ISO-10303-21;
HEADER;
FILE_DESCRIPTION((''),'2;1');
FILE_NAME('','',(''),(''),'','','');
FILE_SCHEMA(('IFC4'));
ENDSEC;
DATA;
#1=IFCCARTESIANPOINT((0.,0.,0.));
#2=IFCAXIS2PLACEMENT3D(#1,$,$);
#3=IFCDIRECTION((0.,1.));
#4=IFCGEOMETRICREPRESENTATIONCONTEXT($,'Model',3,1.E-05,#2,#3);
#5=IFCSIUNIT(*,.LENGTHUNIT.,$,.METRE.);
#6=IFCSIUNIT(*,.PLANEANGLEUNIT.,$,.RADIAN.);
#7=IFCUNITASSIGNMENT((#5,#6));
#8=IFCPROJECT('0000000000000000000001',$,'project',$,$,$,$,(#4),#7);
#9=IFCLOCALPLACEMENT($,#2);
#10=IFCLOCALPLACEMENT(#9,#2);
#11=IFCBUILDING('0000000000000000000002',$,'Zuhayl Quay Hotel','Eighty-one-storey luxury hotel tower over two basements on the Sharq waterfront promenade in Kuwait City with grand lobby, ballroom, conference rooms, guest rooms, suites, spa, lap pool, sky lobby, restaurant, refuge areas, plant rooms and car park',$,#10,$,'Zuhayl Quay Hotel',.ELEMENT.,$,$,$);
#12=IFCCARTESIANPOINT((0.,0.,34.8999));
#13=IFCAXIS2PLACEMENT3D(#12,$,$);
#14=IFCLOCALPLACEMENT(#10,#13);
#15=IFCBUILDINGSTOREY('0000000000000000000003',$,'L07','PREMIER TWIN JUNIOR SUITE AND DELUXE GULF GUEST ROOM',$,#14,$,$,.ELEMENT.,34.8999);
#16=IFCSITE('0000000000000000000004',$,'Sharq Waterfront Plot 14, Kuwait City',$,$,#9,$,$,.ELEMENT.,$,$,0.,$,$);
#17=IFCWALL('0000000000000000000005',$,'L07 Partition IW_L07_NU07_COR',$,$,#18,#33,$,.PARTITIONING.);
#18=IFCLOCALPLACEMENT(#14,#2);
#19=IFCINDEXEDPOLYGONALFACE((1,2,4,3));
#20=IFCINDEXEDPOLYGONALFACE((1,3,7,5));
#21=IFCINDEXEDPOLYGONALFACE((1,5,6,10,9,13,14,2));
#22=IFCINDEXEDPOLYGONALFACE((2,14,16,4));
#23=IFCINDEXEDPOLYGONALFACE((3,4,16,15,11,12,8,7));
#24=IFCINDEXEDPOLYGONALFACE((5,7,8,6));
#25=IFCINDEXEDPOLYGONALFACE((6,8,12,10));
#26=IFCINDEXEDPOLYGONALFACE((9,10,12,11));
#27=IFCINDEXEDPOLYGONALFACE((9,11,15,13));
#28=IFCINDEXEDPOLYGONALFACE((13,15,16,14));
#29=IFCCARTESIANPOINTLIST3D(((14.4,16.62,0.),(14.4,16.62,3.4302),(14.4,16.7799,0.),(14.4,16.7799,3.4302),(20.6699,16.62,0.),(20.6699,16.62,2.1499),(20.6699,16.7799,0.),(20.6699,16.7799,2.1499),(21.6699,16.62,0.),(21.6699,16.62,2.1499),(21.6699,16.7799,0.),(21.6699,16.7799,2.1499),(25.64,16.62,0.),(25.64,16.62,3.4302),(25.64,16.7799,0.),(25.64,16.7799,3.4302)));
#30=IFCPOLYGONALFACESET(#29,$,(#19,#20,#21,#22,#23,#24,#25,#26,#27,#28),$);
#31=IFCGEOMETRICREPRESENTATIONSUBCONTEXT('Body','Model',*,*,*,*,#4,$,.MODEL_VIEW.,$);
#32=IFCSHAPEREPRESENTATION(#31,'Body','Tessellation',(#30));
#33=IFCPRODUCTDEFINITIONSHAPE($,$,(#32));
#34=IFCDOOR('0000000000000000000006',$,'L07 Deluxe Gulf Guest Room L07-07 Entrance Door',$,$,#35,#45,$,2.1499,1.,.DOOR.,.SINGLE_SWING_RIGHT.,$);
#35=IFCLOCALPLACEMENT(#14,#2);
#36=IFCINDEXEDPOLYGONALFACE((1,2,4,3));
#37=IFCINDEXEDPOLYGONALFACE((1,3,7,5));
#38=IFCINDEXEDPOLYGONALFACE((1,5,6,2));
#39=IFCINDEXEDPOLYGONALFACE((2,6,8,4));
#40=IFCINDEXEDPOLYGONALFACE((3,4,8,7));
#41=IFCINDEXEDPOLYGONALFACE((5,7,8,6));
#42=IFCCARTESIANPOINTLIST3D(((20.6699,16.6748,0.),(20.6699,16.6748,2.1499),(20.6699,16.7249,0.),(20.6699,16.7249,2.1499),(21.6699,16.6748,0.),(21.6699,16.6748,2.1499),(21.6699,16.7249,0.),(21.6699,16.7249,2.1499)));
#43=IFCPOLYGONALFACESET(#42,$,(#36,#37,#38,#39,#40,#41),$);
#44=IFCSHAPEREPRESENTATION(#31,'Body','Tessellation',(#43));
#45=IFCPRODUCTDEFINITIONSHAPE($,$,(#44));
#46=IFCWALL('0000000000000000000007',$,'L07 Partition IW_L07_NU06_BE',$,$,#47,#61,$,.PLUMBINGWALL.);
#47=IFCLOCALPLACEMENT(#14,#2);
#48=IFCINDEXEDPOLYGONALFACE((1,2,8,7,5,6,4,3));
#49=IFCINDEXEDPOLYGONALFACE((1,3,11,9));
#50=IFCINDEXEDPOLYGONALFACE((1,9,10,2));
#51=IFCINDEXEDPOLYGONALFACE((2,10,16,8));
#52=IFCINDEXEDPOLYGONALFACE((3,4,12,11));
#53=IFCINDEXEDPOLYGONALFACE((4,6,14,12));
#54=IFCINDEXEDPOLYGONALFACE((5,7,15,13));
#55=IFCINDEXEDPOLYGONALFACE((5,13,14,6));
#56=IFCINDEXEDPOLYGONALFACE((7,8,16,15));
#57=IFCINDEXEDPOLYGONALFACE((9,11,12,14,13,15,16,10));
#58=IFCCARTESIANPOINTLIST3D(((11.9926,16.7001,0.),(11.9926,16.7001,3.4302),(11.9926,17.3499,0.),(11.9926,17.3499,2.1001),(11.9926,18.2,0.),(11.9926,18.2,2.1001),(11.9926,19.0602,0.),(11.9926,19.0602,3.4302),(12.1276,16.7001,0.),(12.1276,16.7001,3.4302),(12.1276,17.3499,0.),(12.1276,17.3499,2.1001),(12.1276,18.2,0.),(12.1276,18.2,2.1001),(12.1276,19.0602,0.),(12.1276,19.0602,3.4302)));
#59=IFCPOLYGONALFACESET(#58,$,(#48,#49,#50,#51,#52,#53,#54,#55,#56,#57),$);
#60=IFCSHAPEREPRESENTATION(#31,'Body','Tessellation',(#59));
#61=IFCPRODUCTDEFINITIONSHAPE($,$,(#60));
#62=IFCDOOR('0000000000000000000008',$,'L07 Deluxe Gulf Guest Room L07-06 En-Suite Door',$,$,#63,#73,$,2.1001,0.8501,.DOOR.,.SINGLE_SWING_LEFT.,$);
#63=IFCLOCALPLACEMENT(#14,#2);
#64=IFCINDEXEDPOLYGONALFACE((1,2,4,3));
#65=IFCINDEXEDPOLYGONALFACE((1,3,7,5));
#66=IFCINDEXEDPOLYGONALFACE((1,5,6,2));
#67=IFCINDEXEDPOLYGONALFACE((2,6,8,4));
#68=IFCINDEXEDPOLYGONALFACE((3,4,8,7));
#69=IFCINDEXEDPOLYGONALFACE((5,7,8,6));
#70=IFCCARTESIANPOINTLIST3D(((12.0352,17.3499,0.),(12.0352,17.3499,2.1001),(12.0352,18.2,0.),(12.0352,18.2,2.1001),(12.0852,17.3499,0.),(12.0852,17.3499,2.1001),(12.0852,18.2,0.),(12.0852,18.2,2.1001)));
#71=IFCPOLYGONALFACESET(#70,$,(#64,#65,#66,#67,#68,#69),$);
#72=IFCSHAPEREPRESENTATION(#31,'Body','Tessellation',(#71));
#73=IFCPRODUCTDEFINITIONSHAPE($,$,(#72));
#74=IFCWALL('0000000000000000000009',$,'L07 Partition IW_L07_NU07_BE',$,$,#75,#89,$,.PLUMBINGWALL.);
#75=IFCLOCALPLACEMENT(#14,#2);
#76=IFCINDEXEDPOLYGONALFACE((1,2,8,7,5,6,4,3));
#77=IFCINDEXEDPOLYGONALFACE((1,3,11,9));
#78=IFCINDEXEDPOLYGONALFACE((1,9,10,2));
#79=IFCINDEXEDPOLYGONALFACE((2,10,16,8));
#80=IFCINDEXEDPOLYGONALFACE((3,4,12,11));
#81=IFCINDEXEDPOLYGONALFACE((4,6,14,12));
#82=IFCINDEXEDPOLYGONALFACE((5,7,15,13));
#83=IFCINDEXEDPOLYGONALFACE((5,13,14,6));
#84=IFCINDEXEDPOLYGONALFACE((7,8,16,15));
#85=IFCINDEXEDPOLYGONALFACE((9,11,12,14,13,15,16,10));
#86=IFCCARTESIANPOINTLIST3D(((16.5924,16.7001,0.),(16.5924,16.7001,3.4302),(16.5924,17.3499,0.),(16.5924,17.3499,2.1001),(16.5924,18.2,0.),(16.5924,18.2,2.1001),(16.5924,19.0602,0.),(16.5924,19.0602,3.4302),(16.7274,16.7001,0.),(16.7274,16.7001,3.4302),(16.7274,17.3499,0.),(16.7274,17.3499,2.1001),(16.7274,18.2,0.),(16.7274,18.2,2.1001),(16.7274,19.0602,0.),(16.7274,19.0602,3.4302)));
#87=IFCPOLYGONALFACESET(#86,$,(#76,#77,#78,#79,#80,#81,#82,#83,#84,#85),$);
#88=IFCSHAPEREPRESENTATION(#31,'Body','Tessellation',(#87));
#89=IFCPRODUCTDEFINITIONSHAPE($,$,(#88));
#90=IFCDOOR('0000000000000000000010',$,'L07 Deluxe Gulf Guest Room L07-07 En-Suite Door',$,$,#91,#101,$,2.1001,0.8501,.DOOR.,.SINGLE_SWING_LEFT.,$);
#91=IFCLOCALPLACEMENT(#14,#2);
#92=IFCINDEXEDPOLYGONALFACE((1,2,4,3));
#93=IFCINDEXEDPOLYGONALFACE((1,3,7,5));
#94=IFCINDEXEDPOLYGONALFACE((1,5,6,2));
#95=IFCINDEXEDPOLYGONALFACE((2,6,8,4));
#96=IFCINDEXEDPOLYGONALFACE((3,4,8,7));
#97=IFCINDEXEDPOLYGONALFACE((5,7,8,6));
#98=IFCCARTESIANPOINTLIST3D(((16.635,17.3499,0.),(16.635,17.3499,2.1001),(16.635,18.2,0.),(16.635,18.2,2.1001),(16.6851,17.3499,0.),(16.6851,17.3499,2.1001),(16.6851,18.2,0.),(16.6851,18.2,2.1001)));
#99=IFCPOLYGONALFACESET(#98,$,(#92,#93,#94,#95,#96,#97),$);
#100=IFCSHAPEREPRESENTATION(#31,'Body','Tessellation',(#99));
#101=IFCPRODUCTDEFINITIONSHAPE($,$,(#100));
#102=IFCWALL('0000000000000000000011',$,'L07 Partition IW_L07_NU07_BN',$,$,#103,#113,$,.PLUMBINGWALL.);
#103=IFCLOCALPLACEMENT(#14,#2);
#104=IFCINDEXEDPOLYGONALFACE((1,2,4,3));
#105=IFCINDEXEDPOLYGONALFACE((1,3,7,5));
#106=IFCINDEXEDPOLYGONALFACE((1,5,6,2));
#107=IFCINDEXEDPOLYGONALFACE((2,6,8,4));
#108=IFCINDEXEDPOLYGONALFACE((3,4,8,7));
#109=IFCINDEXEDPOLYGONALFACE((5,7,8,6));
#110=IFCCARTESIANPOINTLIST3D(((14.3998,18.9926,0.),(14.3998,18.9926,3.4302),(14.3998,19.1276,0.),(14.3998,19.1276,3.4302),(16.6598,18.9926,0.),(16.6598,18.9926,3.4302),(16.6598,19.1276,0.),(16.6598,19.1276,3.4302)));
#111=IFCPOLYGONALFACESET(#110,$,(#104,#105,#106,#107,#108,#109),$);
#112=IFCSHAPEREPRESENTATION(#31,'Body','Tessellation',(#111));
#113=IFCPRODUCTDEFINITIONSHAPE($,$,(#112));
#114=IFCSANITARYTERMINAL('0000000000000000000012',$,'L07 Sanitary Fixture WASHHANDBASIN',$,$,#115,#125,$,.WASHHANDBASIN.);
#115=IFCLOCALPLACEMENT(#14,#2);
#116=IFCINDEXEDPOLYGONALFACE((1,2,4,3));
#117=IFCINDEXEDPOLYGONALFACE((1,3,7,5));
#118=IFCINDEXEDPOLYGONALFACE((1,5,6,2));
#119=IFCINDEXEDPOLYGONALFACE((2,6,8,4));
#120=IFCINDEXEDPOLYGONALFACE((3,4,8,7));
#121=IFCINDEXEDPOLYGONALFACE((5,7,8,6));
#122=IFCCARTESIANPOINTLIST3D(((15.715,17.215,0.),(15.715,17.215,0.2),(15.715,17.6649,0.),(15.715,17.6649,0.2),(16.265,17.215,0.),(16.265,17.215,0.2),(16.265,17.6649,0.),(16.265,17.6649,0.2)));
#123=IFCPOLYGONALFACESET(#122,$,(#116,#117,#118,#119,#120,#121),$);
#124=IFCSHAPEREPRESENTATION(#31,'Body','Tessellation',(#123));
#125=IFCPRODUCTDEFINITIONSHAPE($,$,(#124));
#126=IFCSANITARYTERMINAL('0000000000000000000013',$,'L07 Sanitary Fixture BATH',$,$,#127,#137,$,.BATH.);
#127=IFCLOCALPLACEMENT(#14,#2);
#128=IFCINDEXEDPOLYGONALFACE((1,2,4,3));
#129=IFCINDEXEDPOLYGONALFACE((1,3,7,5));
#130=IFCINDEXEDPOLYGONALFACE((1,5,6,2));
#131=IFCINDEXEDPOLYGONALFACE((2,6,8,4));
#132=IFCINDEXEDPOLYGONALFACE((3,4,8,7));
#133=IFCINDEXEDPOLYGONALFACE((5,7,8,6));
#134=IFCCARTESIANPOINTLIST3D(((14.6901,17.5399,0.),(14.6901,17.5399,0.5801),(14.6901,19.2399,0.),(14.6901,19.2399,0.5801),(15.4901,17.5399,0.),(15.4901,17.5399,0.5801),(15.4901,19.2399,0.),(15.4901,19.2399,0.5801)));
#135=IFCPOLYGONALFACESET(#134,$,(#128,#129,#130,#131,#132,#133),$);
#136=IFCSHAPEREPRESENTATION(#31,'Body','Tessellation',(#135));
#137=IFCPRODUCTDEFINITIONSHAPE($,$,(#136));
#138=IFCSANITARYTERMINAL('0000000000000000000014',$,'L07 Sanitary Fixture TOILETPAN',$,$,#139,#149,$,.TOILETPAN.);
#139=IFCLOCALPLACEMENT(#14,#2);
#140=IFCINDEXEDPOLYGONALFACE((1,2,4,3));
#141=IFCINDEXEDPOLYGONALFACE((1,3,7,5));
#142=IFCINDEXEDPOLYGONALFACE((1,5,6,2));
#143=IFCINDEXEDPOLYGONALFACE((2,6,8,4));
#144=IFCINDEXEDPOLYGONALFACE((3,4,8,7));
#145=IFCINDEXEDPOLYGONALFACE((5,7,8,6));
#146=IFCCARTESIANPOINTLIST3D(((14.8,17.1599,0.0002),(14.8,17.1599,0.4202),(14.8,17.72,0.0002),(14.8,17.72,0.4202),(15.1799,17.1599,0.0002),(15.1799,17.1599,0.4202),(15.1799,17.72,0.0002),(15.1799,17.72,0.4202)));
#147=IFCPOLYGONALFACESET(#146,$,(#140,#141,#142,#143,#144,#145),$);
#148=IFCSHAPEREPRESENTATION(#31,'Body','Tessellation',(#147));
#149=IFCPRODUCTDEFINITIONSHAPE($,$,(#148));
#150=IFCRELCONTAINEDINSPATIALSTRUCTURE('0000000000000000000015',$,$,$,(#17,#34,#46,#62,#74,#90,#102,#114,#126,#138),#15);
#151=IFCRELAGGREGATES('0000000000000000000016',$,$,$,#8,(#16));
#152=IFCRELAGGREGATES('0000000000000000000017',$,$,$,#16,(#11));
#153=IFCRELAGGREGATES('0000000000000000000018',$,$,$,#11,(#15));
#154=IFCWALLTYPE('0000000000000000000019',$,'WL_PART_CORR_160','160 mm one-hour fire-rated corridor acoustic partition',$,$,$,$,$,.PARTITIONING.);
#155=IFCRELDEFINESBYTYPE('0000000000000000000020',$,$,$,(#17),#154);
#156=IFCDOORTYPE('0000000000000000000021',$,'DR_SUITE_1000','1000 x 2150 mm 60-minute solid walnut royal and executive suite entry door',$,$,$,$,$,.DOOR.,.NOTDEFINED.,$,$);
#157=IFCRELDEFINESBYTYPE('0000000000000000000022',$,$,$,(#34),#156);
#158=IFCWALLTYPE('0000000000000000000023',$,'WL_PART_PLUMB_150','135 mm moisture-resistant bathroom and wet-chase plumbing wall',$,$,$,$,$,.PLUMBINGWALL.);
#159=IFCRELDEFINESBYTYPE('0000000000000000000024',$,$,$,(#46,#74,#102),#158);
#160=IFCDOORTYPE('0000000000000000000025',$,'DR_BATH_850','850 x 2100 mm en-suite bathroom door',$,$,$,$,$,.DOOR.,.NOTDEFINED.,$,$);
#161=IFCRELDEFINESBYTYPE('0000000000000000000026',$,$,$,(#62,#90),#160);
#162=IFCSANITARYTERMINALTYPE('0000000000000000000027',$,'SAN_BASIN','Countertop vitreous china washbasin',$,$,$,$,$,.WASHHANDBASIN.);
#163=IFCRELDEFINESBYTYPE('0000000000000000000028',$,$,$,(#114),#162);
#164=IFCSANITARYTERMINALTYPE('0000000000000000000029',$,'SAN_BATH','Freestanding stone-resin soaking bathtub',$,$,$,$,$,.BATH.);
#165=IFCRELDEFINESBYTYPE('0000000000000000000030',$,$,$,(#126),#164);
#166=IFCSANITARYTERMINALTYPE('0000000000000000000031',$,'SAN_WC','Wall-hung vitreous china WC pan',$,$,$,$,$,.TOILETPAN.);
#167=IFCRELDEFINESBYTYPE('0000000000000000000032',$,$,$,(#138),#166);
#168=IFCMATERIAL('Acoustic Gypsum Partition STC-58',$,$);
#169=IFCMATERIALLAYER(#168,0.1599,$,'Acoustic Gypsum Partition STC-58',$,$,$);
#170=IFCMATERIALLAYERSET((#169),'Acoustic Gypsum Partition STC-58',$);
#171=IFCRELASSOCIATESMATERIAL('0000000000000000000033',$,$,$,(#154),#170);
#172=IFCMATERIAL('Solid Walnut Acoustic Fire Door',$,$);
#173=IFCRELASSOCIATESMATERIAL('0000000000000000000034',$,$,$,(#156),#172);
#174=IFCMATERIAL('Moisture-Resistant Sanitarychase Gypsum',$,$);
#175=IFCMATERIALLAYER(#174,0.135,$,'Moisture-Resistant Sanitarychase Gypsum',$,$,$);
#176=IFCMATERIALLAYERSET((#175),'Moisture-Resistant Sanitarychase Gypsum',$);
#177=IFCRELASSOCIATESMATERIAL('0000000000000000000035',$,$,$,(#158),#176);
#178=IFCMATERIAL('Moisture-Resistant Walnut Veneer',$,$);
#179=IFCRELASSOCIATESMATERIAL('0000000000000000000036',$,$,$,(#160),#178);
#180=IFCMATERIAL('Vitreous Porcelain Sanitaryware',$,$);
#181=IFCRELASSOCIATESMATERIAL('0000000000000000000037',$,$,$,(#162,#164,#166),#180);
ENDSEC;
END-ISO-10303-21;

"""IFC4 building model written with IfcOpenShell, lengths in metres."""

from ifc_helpers import new_model, si_unit, direction, frame, frame_2d, origin, origin_2d, place, context, subcontext, project, spatial, rectangle, extrude, material, layer, layer_set, type_object, element, fill, save


model = new_model("IFC4")

# Units and contexts
model_context = context("Model", 3, precision=1e-05, world=origin(), true_north=direction((0.0, 1.0)))
body_context = subcontext(model_context, "Body", "Model", "MODEL_VIEW")
ifc_project = project(units=[si_unit("LENGTHUNIT", "METRE"), si_unit("PLANEANGLEUNIT", "RADIAN")], contexts=[model_context])

# Site, building, storey
site_placement = place(None, origin())
site = spatial("IfcSite", under=ifc_project, at=site_placement, Name="Sharq Waterfront Plot 14, Kuwait City", CompositionType="ELEMENT", RefElevation=0.0)
building_placement = place(site_placement, origin())
building = spatial("IfcBuilding", under=site, at=building_placement, Name="Zuhayl Quay Hotel", Description="Eighty-one-storey luxury hotel tower over two basements on the Sharq waterfront promenade in Kuwait City with grand lobby, ballroom, conference rooms, guest rooms, suites, spa, lap pool, sky lobby, restaurant, refuge areas, plant rooms and car park", LongName="Zuhayl Quay Hotel", CompositionType="ELEMENT")
storey_placement = place(building_placement, frame((0.0, 0.0, 34.8999)))
storey = spatial("IfcBuildingStorey", under=building, at=storey_placement, Name="L07", Description="PREMIER TWIN JUNIOR SUITE AND DELUXE GULF GUEST ROOM", CompositionType="ELEMENT", Elevation=34.8999)

# Shared definitions
ifc_material_1 = material(Name="Acoustic Gypsum Partition STC-58")

# Walls, openings, doors
ifc_layer_1 = layer(ifc_material_1, 0.1599, Name="Acoustic Gypsum Partition STC-58")
ifc_layer_set_1 = layer_set([ifc_layer_1], Name="Acoustic Gypsum Partition STC-58")
wall_type_1 = type_object("IfcWallType", Name="WL_PART_CORR_160", Description="160 mm one-hour fire-rated corridor acoustic partition", PredefinedType="PARTITIONING", material=ifc_layer_set_1)
wall_1_placement = place(storey_placement, frame((14.3999, 16.7, 0.0), z_axis=(0.0, 0.0, 1.0), x_axis=(1.0, 0.0, 0.0)))
wall_1 = element("IfcWall", 1, at=wall_1_placement, inside=storey, type_object=wall_type_1, Name="L07 Partition IW_L07_NU07_COR", PredefinedType="PARTITIONING", context=body_context, shape_type="SweptSolid", body=[
    extrude(rectangle(XDim=11.24, YDim=0.1599, at=frame_2d((5.6201, 0.0))), origin(), (0.0, 0.0, 1.0), 3.4302),
])
opening_1_placement = place(wall_1_placement, frame((6.27, 0.0, 0.0)))
opening_1 = element("IfcOpeningElement", 2, at=opening_1_placement, cuts=wall_1, PredefinedType="OPENING", context=body_context, shape_type="SweptSolid", body=[
    extrude(rectangle(XDim=1.0, YDim=2.1499, at=frame_2d((0.5, 1.075))), frame((0.0, 0.0898, 0.0), z_axis=(0.0, -1.0, 0.0), x_axis=(1.0, 0.0, 0.0)), (0.0, 0.0, 1.0), 0.1799),
])
ifc_material_2 = material(Name="Solid Walnut Acoustic Fire Door")
door_type_1 = type_object("IfcDoorType", Name="DR_SUITE_1000", Description="1000 x 2150 mm 60-minute solid walnut royal and executive suite entry door", OperationType="NOTDEFINED", PredefinedType="DOOR", material=ifc_material_2)
door_1_placement = place(opening_1_placement, origin())
door_1 = element("IfcDoor", 3, at=door_1_placement, inside=storey, type_object=door_type_1, Name="L07 Deluxe Gulf Guest Room L07-07 Entrance Door", OperationType="SINGLE_SWING_RIGHT", OverallHeight=2.1499, OverallWidth=1.0, PredefinedType="DOOR", context=body_context, shape_type="SweptSolid", body=[
    extrude(rectangle(XDim=1.0, YDim=2.1499, at=frame_2d((0.5, 1.075))), frame((0.0, 0.0249, 0.0), z_axis=(0.0, -1.0, 0.0), x_axis=(1.0, 0.0, 0.0)), (0.0, 0.0, 1.0), 0.05),
])
fill(opening_1, door_1)
ifc_material_3 = material(Name="Moisture-Resistant Sanitarychase Gypsum")
ifc_layer_2 = layer(ifc_material_3, 0.135, Name="Moisture-Resistant Sanitarychase Gypsum")
ifc_layer_set_2 = layer_set([ifc_layer_2], Name="Moisture-Resistant Sanitarychase Gypsum")
wall_type_2 = type_object("IfcWallType", Name="WL_PART_PLUMB_150", Description="135 mm moisture-resistant bathroom and wet-chase plumbing wall", PredefinedType="PLUMBINGWALL", material=ifc_layer_set_2)
wall_2_placement = place(storey_placement, frame((12.0601, 16.7, 0.0), z_axis=(0.0, 0.0, 1.0), x_axis=(0.0, 1.0, 0.0)))
wall_2 = element("IfcWall", 4, at=wall_2_placement, inside=storey, type_object=wall_type_2, Name="L07 Partition IW_L07_NU06_BE", PredefinedType="PLUMBINGWALL", context=body_context, shape_type="SweptSolid", body=[
    extrude(rectangle(XDim=2.3601, YDim=0.135, at=frame_2d((1.1802, 0.0))), origin(), (0.0, 0.0, 1.0), 3.4302),
])
opening_2_placement = place(wall_2_placement, frame((0.6499, 0.0, 0.0)))
opening_2 = element("IfcOpeningElement", 5, at=opening_2_placement, cuts=wall_2, PredefinedType="OPENING", context=body_context, shape_type="SweptSolid", body=[
    extrude(rectangle(XDim=0.8501, YDim=2.1001, at=frame_2d((0.425, 1.05))), frame((0.0, 0.0774, 0.0), z_axis=(0.0, -1.0, 0.0), x_axis=(1.0, 0.0, 0.0)), (0.0, 0.0, 1.0), 0.155),
])
ifc_material_4 = material(Name="Moisture-Resistant Walnut Veneer")
door_type_2 = type_object("IfcDoorType", Name="DR_BATH_850", Description="850 x 2100 mm en-suite bathroom door", OperationType="NOTDEFINED", PredefinedType="DOOR", material=ifc_material_4)
door_2_placement = place(opening_2_placement, origin())
door_2 = element("IfcDoor", 6, at=door_2_placement, inside=storey, type_object=door_type_2, Name="L07 Deluxe Gulf Guest Room L07-06 En-Suite Door", OperationType="SINGLE_SWING_LEFT", OverallHeight=2.1001, OverallWidth=0.8501, PredefinedType="DOOR", context=body_context, shape_type="SweptSolid", body=[
    extrude(rectangle(XDim=0.8501, YDim=2.1001, at=frame_2d((0.425, 1.05))), frame((0.0, 0.0249, 0.0), z_axis=(0.0, -1.0, 0.0), x_axis=(1.0, 0.0, 0.0)), (0.0, 0.0, 1.0), 0.05),
])
fill(opening_2, door_2)
wall_3_placement = place(storey_placement, frame((16.6599, 16.7, 0.0), z_axis=(0.0, 0.0, 1.0), x_axis=(0.0, 1.0, 0.0)))
wall_3 = element("IfcWall", 7, at=wall_3_placement, inside=storey, type_object=wall_type_2, Name="L07 Partition IW_L07_NU07_BE", PredefinedType="PLUMBINGWALL", context=body_context, shape_type="SweptSolid", body=[
    extrude(rectangle(XDim=2.3601, YDim=0.135, at=frame_2d((1.1802, 0.0))), origin(), (0.0, 0.0, 1.0), 3.4302),
])
opening_3_placement = place(wall_3_placement, frame((0.6499, 0.0, 0.0)))
opening_3 = element("IfcOpeningElement", 8, at=opening_3_placement, cuts=wall_3, PredefinedType="OPENING", context=body_context, shape_type="SweptSolid", body=[
    extrude(rectangle(XDim=0.8501, YDim=2.1001, at=frame_2d((0.425, 1.05))), frame((0.0, 0.0774, 0.0), z_axis=(0.0, -1.0, 0.0), x_axis=(1.0, 0.0, 0.0)), (0.0, 0.0, 1.0), 0.155),
])
door_3_placement = place(opening_3_placement, origin())
door_3 = element("IfcDoor", 9, at=door_3_placement, inside=storey, type_object=door_type_2, Name="L07 Deluxe Gulf Guest Room L07-07 En-Suite Door", OperationType="SINGLE_SWING_LEFT", OverallHeight=2.1001, OverallWidth=0.8501, PredefinedType="DOOR", context=body_context, shape_type="SweptSolid", body=[
    extrude(rectangle(XDim=0.8501, YDim=2.1001, at=frame_2d((0.425, 1.05))), frame((0.0, 0.0249, 0.0), z_axis=(0.0, -1.0, 0.0), x_axis=(1.0, 0.0, 0.0)), (0.0, 0.0, 1.0), 0.05),
])
fill(opening_3, door_3)

# Wall
wall_4_placement = place(storey_placement, frame((14.3999, 19.0601, 0.0), z_axis=(0.0, 0.0, 1.0), x_axis=(1.0, 0.0, 0.0)))
element("IfcWall", 10, at=wall_4_placement, inside=storey, type_object=wall_type_2, Name="L07 Partition IW_L07_NU07_BN", PredefinedType="PLUMBINGWALL", context=body_context, shape_type="SweptSolid", body=[
    extrude(rectangle(XDim=2.26, YDim=0.135, at=frame_2d((1.1299, 0.0))), origin(), (0.0, 0.0, 1.0), 3.4302),
])

# Sanitary terminals
ifc_material_5 = material(Name="Vitreous Porcelain Sanitaryware")
sanitary_terminal_type_1 = type_object("IfcSanitaryTerminalType", Name="SAN_BASIN", Description="Countertop vitreous china washbasin", PredefinedType="WASHHANDBASIN", material=ifc_material_5)
sanitary_terminal_1_placement = place(storey_placement, frame((15.99, 17.4399, 0.0), z_axis=(0.0, 0.0, 1.0), x_axis=(1.0, 0.0, 0.0)))
element("IfcSanitaryTerminal", 11, at=sanitary_terminal_1_placement, inside=storey, type_object=sanitary_terminal_type_1, Name="L07 Sanitary Fixture WASHHANDBASIN", PredefinedType="WASHHANDBASIN", context=body_context, shape_type="SweptSolid", body=[
    extrude(rectangle(XDim=0.55, YDim=0.45, at=origin_2d()), origin(), (0.0, 0.0, 1.0), 0.2),
])
sanitary_terminal_type_2 = type_object("IfcSanitaryTerminalType", Name="SAN_BATH", Description="Freestanding stone-resin soaking bathtub", PredefinedType="BATH", material=ifc_material_5)
sanitary_terminal_2_placement = place(storey_placement, frame((15.0901, 18.3899, 0.0), z_axis=(0.0, 0.0, 1.0), x_axis=(1.0, 0.0, 0.0)))
element("IfcSanitaryTerminal", 12, at=sanitary_terminal_2_placement, inside=storey, type_object=sanitary_terminal_type_2, Name="L07 Sanitary Fixture BATH", PredefinedType="BATH", context=body_context, shape_type="SweptSolid", body=[
    extrude(rectangle(XDim=0.8, YDim=1.7, at=origin_2d()), origin(), (0.0, 0.0, 1.0), 0.5801),
])
sanitary_terminal_type_3 = type_object("IfcSanitaryTerminalType", Name="SAN_WC", Description="Wall-hung vitreous china WC pan", PredefinedType="TOILETPAN", material=ifc_material_5)
sanitary_terminal_3_placement = place(storey_placement, frame((14.99, 17.4399, 0.0002), z_axis=(0.0, 0.0, 1.0), x_axis=(1.0, 0.0, 0.0)))
element("IfcSanitaryTerminal", 13, at=sanitary_terminal_3_placement, inside=storey, type_object=sanitary_terminal_type_3, Name="L07 Sanitary Fixture TOILETPAN", PredefinedType="TOILETPAN", context=body_context, shape_type="SweptSolid", body=[
    extrude(rectangle(XDim=0.3799, YDim=0.5601, at=origin_2d()), origin(), (0.0, 0.0, 1.0), 0.4199),
])

save(model, "model.ifc")
